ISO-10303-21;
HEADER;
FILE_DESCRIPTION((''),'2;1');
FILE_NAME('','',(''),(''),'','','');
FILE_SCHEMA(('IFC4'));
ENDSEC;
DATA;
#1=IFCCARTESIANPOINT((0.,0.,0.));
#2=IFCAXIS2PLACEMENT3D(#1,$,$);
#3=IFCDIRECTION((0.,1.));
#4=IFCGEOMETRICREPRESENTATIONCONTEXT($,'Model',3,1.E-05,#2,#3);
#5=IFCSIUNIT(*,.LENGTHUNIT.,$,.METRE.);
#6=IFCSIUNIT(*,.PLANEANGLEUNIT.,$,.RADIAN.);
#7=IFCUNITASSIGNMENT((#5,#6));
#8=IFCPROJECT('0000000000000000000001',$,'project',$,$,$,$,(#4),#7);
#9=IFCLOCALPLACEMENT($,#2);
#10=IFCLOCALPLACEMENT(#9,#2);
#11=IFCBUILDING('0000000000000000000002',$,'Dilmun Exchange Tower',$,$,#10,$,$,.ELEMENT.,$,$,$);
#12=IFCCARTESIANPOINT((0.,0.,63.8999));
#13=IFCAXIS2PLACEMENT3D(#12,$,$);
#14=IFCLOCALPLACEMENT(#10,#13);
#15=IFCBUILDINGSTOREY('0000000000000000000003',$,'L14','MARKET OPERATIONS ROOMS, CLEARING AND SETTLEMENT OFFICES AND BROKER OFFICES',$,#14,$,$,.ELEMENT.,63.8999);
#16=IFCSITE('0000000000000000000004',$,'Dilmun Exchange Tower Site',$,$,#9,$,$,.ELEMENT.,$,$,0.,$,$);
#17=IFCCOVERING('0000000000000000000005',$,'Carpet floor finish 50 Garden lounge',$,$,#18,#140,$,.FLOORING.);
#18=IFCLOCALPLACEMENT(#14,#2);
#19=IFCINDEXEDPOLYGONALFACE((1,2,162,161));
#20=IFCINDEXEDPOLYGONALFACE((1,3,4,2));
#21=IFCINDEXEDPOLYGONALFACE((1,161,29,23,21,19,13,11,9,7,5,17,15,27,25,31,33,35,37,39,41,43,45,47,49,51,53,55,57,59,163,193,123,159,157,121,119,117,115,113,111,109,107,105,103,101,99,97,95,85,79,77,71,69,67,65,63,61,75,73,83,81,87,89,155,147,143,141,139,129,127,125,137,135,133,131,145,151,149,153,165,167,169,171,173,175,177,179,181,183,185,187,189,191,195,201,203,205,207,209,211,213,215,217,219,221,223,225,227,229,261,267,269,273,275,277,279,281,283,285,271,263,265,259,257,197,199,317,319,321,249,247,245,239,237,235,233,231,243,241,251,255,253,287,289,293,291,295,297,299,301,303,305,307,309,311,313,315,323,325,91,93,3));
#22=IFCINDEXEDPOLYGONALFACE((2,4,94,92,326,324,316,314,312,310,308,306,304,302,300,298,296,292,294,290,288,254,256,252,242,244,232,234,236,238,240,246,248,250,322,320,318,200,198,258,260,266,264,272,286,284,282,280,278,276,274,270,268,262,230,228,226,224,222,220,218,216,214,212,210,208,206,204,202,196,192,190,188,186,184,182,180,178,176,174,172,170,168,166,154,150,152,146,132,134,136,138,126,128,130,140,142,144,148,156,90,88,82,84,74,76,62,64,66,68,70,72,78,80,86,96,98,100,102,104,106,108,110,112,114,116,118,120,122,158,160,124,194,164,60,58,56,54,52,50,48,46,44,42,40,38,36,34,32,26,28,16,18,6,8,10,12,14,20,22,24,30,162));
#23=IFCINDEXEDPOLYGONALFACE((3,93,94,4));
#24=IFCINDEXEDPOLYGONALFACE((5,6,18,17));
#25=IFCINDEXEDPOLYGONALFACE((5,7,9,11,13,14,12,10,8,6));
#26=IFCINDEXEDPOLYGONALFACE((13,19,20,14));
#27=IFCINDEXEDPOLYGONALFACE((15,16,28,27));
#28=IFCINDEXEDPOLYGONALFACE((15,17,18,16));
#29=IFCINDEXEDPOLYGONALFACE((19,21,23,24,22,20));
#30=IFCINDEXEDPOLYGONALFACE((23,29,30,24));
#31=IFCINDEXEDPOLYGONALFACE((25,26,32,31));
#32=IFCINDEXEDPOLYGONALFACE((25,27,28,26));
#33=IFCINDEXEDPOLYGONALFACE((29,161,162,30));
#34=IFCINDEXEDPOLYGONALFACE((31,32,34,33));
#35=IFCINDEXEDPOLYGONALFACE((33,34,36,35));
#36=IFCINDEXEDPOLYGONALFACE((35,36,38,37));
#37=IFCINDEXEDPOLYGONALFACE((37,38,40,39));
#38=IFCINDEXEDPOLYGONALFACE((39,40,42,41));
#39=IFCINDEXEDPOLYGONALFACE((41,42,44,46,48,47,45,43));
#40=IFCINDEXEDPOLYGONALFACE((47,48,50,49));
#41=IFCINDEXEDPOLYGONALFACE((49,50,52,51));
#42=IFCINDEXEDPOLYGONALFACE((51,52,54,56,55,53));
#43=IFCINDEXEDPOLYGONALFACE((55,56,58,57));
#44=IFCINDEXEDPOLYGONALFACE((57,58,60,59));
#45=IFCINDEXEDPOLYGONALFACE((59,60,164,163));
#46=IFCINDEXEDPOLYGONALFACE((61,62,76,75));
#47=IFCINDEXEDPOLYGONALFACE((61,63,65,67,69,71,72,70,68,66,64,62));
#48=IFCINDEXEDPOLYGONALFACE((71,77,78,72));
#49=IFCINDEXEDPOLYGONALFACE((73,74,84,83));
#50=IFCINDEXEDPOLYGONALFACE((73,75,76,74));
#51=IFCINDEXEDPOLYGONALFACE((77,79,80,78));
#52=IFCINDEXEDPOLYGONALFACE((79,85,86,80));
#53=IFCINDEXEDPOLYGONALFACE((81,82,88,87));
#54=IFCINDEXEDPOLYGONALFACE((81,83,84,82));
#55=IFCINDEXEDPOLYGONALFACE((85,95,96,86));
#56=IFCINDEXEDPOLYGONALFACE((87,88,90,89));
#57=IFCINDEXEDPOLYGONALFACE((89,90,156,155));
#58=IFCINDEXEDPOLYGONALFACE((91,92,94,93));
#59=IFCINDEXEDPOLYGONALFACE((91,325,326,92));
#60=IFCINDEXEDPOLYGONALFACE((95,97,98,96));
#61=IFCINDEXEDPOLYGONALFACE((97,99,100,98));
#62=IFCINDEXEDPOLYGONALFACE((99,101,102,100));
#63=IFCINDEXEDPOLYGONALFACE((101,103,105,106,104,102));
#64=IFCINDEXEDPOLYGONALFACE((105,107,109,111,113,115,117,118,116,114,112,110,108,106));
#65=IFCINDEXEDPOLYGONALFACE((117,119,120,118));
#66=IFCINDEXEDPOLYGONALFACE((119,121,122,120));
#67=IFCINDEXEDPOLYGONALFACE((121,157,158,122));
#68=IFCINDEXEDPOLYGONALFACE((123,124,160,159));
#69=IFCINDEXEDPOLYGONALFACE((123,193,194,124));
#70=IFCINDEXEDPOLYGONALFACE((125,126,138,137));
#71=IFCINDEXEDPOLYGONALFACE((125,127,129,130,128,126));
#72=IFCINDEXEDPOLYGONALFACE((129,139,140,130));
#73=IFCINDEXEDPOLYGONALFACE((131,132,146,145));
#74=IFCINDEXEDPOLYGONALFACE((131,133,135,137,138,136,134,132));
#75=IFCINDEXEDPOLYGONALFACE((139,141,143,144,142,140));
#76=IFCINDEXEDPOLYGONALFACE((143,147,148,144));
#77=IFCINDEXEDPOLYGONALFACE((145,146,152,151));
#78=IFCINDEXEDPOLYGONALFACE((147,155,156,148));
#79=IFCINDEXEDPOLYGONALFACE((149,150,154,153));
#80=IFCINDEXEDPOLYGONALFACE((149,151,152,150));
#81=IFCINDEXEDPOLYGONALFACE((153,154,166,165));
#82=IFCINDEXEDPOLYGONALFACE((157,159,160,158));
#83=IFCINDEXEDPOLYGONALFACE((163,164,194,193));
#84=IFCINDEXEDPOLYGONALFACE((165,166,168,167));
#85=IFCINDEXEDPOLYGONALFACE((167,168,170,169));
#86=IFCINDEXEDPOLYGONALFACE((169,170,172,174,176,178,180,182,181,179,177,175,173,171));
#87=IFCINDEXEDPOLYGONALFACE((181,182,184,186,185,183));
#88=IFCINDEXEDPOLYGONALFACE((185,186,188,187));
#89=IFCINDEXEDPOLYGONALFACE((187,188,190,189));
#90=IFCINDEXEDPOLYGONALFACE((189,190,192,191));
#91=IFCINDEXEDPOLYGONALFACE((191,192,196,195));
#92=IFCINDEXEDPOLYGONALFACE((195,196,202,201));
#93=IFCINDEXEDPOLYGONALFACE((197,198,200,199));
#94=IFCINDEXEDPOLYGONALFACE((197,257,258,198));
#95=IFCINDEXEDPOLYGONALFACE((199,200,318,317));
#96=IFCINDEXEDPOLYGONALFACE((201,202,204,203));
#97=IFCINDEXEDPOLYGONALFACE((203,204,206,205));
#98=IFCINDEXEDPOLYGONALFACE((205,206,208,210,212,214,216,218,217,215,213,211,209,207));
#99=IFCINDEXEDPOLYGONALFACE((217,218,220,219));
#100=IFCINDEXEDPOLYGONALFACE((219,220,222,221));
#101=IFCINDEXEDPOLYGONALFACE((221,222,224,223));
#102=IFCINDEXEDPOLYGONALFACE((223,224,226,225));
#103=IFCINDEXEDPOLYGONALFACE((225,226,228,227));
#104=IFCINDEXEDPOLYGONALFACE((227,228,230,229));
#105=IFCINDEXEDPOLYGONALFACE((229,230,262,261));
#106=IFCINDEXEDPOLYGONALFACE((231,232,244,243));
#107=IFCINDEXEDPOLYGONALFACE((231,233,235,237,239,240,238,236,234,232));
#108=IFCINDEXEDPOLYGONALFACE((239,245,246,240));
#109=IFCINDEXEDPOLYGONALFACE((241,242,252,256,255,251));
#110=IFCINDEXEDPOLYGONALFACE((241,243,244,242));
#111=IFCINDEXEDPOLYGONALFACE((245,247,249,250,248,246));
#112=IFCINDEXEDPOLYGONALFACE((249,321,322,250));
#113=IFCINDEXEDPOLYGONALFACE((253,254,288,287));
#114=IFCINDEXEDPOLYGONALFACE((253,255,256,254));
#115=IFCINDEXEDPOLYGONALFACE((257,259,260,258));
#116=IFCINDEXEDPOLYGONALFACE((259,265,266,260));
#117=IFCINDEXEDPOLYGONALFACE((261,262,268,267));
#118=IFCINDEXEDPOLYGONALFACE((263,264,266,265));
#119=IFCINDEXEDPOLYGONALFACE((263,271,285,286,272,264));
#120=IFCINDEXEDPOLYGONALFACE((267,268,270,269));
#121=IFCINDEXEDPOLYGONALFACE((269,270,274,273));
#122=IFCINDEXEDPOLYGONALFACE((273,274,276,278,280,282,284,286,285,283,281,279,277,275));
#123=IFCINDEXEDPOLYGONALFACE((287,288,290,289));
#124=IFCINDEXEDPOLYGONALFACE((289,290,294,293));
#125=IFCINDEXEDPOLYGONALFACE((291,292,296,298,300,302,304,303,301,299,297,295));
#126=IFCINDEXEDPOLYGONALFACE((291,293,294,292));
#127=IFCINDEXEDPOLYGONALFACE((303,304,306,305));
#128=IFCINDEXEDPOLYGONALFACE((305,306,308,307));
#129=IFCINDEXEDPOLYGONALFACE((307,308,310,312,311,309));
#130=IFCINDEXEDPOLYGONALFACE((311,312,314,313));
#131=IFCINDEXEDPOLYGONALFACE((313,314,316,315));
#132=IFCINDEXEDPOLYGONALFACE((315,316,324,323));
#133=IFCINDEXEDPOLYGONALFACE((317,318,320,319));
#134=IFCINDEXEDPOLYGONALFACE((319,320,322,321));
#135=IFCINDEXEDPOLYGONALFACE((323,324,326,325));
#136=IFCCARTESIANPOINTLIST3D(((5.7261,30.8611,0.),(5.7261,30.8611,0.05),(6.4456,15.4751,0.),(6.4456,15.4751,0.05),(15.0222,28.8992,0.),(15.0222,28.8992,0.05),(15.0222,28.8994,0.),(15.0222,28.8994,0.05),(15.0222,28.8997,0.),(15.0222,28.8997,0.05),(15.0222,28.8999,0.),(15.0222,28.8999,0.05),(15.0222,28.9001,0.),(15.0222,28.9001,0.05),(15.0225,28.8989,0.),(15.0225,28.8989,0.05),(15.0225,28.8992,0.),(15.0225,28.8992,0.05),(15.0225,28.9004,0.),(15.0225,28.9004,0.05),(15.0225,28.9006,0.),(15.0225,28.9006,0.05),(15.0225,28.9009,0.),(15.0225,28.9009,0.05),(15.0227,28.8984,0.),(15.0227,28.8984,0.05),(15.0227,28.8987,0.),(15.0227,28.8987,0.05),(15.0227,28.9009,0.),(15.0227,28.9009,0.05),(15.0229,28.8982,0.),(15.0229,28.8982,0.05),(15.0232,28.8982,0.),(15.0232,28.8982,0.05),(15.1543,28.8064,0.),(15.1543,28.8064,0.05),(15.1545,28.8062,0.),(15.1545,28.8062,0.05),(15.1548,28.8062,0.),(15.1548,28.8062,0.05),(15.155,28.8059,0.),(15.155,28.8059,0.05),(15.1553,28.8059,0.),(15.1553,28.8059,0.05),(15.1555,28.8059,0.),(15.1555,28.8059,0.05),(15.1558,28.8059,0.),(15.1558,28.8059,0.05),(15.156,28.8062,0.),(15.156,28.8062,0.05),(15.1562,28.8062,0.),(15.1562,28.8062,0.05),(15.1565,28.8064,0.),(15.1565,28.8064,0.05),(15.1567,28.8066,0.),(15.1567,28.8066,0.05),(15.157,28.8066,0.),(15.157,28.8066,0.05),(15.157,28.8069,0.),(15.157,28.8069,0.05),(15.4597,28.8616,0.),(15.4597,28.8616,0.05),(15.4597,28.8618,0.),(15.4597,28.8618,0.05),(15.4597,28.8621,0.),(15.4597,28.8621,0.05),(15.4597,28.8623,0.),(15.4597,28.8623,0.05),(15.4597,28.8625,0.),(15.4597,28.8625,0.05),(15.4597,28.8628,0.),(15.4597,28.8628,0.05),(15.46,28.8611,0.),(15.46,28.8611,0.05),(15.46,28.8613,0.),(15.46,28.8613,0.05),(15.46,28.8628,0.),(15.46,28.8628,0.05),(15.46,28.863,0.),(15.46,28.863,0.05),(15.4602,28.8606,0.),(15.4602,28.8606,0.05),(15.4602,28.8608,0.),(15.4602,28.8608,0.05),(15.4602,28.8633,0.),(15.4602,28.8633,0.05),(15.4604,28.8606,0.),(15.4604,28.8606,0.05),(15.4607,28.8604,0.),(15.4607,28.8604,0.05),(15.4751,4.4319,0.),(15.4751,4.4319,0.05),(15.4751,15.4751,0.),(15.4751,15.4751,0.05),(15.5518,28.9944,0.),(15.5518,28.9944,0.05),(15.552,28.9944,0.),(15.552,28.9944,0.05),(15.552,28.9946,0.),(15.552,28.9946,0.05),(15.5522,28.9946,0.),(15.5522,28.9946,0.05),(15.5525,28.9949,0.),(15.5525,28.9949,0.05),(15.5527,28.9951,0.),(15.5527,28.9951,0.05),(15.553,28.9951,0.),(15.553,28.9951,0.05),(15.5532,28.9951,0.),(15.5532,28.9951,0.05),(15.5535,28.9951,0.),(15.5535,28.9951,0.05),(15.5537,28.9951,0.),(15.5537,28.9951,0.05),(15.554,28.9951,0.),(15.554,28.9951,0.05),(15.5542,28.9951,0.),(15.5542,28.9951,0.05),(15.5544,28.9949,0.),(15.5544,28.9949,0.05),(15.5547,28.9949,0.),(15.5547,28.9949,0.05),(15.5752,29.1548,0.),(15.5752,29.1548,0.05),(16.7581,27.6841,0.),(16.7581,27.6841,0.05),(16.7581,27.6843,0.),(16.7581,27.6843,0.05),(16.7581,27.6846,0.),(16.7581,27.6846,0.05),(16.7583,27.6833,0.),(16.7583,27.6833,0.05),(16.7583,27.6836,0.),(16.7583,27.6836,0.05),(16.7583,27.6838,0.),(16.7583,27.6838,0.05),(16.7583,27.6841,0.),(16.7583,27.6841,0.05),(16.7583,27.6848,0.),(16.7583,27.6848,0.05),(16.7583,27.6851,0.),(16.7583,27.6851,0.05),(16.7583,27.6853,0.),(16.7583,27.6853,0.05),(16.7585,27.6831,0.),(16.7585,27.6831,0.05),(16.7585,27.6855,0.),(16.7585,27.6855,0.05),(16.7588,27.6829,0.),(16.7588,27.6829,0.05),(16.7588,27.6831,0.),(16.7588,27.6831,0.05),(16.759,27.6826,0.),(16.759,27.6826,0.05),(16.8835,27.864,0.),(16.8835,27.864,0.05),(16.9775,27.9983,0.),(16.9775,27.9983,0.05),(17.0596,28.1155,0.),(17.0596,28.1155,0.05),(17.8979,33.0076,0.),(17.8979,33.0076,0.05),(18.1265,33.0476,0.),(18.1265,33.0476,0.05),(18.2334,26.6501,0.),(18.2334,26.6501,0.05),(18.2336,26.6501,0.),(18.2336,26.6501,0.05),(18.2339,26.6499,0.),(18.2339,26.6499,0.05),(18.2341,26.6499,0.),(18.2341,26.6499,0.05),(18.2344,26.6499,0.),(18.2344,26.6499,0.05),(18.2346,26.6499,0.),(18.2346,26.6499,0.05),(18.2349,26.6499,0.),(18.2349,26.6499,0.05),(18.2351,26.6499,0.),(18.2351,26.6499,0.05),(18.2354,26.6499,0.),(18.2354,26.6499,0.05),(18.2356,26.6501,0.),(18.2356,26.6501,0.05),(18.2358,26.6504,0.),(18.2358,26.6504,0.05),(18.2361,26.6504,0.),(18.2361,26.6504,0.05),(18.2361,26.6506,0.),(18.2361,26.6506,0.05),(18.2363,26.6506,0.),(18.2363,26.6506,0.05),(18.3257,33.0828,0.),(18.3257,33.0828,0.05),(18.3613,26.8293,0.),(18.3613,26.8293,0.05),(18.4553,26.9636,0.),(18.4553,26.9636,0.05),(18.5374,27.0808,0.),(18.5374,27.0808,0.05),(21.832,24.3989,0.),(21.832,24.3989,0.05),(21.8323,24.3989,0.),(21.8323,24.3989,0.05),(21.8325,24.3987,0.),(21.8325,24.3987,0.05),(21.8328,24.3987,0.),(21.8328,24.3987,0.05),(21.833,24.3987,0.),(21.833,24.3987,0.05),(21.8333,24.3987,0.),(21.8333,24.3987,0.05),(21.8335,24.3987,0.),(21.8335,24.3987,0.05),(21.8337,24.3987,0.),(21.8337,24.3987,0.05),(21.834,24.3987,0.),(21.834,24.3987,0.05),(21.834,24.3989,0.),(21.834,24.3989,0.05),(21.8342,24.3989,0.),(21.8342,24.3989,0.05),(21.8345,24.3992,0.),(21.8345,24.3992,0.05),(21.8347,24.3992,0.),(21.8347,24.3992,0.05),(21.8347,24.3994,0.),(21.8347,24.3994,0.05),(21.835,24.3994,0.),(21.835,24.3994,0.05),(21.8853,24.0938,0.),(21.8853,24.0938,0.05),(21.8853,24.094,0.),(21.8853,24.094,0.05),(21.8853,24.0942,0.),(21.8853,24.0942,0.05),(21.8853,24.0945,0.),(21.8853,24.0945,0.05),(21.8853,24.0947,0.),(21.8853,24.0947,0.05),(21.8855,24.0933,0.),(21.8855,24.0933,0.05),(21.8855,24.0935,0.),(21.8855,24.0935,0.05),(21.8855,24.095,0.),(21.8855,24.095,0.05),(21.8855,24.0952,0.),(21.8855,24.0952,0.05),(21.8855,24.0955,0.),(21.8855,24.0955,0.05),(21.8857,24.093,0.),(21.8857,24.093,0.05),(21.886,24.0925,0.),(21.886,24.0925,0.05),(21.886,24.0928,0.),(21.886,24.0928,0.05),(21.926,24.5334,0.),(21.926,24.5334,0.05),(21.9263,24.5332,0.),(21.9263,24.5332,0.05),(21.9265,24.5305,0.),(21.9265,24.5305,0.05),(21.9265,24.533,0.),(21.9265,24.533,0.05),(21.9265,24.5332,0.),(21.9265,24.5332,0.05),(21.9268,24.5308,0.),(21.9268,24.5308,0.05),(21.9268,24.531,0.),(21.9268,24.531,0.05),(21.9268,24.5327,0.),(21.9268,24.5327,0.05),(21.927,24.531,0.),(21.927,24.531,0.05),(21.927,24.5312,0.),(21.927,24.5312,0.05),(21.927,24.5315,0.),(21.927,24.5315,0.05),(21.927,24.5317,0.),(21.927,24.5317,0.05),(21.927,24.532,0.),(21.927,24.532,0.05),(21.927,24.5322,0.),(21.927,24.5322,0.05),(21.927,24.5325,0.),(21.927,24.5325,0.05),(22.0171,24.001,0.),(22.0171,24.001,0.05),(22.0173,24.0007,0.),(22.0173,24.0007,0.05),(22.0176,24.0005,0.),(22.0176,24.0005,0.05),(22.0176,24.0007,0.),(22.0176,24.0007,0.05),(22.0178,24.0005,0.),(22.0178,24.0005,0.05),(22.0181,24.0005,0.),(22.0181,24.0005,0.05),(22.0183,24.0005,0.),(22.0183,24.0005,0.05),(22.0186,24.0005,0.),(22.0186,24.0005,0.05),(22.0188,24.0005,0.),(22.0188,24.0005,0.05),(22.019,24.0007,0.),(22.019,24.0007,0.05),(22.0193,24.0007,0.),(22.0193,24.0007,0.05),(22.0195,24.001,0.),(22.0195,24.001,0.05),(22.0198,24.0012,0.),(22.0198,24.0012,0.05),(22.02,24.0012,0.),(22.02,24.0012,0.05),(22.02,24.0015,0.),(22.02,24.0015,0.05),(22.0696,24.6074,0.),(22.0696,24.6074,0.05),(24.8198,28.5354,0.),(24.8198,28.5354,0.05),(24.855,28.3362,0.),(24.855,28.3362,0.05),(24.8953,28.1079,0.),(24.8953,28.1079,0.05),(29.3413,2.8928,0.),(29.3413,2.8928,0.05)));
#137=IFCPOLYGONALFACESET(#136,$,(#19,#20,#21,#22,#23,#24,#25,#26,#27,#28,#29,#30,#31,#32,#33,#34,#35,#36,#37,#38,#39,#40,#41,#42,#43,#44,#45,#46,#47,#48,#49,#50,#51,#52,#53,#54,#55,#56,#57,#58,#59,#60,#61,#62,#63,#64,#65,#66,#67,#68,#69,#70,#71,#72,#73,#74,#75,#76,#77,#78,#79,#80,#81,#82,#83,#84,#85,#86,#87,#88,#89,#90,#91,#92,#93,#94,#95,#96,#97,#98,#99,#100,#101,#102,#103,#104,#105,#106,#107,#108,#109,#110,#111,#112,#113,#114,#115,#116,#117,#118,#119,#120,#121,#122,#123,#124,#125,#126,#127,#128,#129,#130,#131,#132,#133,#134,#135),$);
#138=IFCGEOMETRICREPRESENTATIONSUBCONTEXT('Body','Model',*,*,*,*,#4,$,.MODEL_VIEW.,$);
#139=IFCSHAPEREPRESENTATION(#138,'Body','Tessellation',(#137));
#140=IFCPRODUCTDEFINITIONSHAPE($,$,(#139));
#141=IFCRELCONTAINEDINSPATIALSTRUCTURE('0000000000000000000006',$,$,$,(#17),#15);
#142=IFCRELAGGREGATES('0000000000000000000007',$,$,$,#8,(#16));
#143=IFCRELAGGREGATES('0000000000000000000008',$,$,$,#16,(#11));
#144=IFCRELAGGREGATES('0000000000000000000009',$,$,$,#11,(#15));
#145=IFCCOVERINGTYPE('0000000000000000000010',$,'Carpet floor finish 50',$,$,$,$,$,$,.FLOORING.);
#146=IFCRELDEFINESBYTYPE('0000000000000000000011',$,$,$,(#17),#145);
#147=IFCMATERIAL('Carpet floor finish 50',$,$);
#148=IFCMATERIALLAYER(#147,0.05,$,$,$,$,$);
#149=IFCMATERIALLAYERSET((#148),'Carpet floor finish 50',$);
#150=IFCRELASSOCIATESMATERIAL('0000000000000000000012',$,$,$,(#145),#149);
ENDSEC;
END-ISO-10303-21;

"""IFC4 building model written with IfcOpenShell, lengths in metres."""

from ifc_helpers import new_model, si_unit, direction, frame, origin, place, context, subcontext, project, spatial, polyline, outline, extrude, material, layer, layer_set, type_object, element, save


model = new_model("IFC4")

# Units and contexts
model_context = context("Model", 3, precision=1e-05, world=origin(), true_north=direction((0.0, 1.0)))
body_context = subcontext(model_context, "Body", "Model", "MODEL_VIEW")
ifc_project = project(units=[si_unit("LENGTHUNIT", "METRE"), si_unit("PLANEANGLEUNIT", "RADIAN")], contexts=[model_context])

# Site, building, storey
site_placement = place(None, origin())
site = spatial("IfcSite", under=ifc_project, at=site_placement, Name="Dilmun Exchange Tower Site", CompositionType="ELEMENT", RefElevation=0.0)
building_placement = place(site_placement, origin())
building = spatial("IfcBuilding", under=site, at=building_placement, Name="Dilmun Exchange Tower", CompositionType="ELEMENT")
storey_placement = place(building_placement, frame((0.0, 0.0, 63.8999)))
storey = spatial("IfcBuildingStorey", under=building, at=storey_placement, Name="L14", Description="MARKET OPERATIONS ROOMS, CLEARING AND SETTLEMENT OFFICES AND BROKER OFFICES", CompositionType="ELEMENT", Elevation=63.8999)

# Covering
ifc_material_1 = material(Name="Carpet floor finish 50")
ifc_layer_1 = layer(ifc_material_1, 0.05)
ifc_layer_set_1 = layer_set([ifc_layer_1], Name="Carpet floor finish 50")
covering_type_1 = type_object("IfcCoveringType", Name="Carpet floor finish 50", PredefinedType="FLOORING", material=ifc_layer_set_1)
covering_1_placement = place(storey_placement, origin())
element("IfcCovering", 1, at=covering_1_placement, inside=storey, type_object=covering_type_1, Name="Carpet floor finish 50 Garden lounge", PredefinedType="FLOORING", context=body_context, shape_type="SweptSolid", body=[
    extrude(outline(polyline([(15.5752, 29.1548), (17.0596, 28.1155), (16.9775, 27.9983), (15.5547, 28.9949), (15.5544, 28.9949), (15.5542, 28.9951), (15.5542, 28.9951), (15.554, 28.9951), (15.5537, 28.9951), (15.5535, 28.9951), (15.5532, 28.9951), (15.553, 28.9951), (15.553, 28.9951), (15.5527, 28.9951), (15.5525, 28.9949), (15.5525, 28.9949), (15.5522, 28.9946), (15.552, 28.9946), (15.552, 28.9944), (15.5518, 28.9944), (15.4602, 28.8633), (15.46, 28.863), (15.46, 28.8628), (15.4597, 28.8628), (15.4597, 28.8625), (15.4597, 28.8623), (15.4597, 28.8621), (15.4597, 28.8618), (15.4597, 28.8618), (15.4597, 28.8616), (15.46, 28.8613), (15.46, 28.8611), (15.46, 28.8611), (15.4602, 28.8608), (15.4602, 28.8606), (15.4604, 28.8606), (15.4607, 28.8604), (16.8835, 27.864), (16.7585, 27.6855), (16.7583, 27.6853), (16.7583, 27.6853), (16.7583, 27.6851), (16.7583, 27.6848), (16.7581, 27.6846), (16.7581, 27.6843), (16.7581, 27.6841), (16.7583, 27.6841), (16.7583, 27.6838), (16.7583, 27.6836), (16.7583, 27.6836), (16.7583, 27.6833), (16.7585, 27.6831), (16.7588, 27.6831), (16.7588, 27.6829), (16.759, 27.6826), (18.2334, 26.6501), (18.2336, 26.6501), (18.2339, 26.6499), (18.2339, 26.6499), (18.2341, 26.6499), (18.2344, 26.6499), (18.2346, 26.6499), (18.2349, 26.6499), (18.2351, 26.6499), (18.2351, 26.6499), (18.2354, 26.6499), (18.2356, 26.6501), (18.2356, 26.6501), (18.2358, 26.6504), (18.2361, 26.6504), (18.2361, 26.6506), (18.2363, 26.6506), (18.3613, 26.8293), (21.832, 24.3989), (21.8323, 24.3989), (21.8325, 24.3987), (21.8325, 24.3987), (21.8328, 24.3987), (21.833, 24.3987), (21.8333, 24.3987), (21.8335, 24.3987), (21.8335, 24.3987), (21.8337, 24.3987), (21.834, 24.3987), (21.834, 24.3989), (21.8342, 24.3989), (21.8345, 24.3992), (21.8347, 24.3992), (21.8347, 24.3994), (21.835, 24.3994), (21.9265, 24.5305), (21.9268, 24.5308), (21.9268, 24.531), (21.927, 24.531), (21.927, 24.5312), (21.927, 24.5315), (21.927, 24.5317), (21.927, 24.532), (21.927, 24.532), (21.927, 24.5322), (21.927, 24.5325), (21.9268, 24.5327), (21.9268, 24.5327), (21.9265, 24.533), (21.9265, 24.5332), (21.9263, 24.5332), (21.926, 24.5334), (18.4553, 26.9636), (18.5374, 27.0808), (22.0696, 24.6074), (24.8198, 28.5354), (24.855, 28.3362), (21.8855, 24.0955), (21.8855, 24.0952), (21.8855, 24.0952), (21.8855, 24.095), (21.8853, 24.0947), (21.8853, 24.0945), (21.8853, 24.0942), (21.8853, 24.094), (21.8853, 24.094), (21.8853, 24.0938), (21.8855, 24.0935), (21.8855, 24.0935), (21.8855, 24.0933), (21.8857, 24.093), (21.8857, 24.093), (21.886, 24.0928), (21.886, 24.0925), (22.0171, 24.001), (22.0173, 24.0007), (22.0176, 24.0007), (22.0176, 24.0005), (22.0178, 24.0005), (22.0181, 24.0005), (22.0183, 24.0005), (22.0186, 24.0005), (22.0188, 24.0005), (22.0188, 24.0005), (22.019, 24.0007), (22.0193, 24.0007), (22.0193, 24.0007), (22.0195, 24.001), (22.0198, 24.0012), (22.02, 24.0012), (22.02, 24.0015), (24.8953, 28.1079), (29.3413, 2.8928), (15.4751, 4.4319), (15.4751, 15.4751), (6.4456, 15.4751), (5.7261, 30.8611), (17.8979, 33.0076), (15.0227, 28.9009), (15.0225, 28.9009), (15.0225, 28.9006), (15.0225, 28.9004), (15.0222, 28.9001), (15.0222, 28.8999), (15.0222, 28.8999), (15.0222, 28.8997), (15.0222, 28.8994), (15.0222, 28.8992), (15.0225, 28.8992), (15.0225, 28.8989), (15.0227, 28.8987), (15.0227, 28.8987), (15.0227, 28.8984), (15.0229, 28.8982), (15.0232, 28.8982), (15.1543, 28.8064), (15.1543, 28.8064), (15.1545, 28.8062), (15.1548, 28.8062), (15.1548, 28.8062), (15.155, 28.8059), (15.1553, 28.8059), (15.1555, 28.8059), (15.1558, 28.8059), (15.156, 28.8062), (15.156, 28.8062), (15.1562, 28.8062), (15.1565, 28.8064), (15.1565, 28.8064), (15.1567, 28.8066), (15.157, 28.8066), (15.157, 28.8069), (18.1265, 33.0476), (18.3257, 33.0828), (15.5752, 29.1548)])), origin(), (0.0, 0.0, 1.0), 0.05),
])

save(model, "model.ifc")
